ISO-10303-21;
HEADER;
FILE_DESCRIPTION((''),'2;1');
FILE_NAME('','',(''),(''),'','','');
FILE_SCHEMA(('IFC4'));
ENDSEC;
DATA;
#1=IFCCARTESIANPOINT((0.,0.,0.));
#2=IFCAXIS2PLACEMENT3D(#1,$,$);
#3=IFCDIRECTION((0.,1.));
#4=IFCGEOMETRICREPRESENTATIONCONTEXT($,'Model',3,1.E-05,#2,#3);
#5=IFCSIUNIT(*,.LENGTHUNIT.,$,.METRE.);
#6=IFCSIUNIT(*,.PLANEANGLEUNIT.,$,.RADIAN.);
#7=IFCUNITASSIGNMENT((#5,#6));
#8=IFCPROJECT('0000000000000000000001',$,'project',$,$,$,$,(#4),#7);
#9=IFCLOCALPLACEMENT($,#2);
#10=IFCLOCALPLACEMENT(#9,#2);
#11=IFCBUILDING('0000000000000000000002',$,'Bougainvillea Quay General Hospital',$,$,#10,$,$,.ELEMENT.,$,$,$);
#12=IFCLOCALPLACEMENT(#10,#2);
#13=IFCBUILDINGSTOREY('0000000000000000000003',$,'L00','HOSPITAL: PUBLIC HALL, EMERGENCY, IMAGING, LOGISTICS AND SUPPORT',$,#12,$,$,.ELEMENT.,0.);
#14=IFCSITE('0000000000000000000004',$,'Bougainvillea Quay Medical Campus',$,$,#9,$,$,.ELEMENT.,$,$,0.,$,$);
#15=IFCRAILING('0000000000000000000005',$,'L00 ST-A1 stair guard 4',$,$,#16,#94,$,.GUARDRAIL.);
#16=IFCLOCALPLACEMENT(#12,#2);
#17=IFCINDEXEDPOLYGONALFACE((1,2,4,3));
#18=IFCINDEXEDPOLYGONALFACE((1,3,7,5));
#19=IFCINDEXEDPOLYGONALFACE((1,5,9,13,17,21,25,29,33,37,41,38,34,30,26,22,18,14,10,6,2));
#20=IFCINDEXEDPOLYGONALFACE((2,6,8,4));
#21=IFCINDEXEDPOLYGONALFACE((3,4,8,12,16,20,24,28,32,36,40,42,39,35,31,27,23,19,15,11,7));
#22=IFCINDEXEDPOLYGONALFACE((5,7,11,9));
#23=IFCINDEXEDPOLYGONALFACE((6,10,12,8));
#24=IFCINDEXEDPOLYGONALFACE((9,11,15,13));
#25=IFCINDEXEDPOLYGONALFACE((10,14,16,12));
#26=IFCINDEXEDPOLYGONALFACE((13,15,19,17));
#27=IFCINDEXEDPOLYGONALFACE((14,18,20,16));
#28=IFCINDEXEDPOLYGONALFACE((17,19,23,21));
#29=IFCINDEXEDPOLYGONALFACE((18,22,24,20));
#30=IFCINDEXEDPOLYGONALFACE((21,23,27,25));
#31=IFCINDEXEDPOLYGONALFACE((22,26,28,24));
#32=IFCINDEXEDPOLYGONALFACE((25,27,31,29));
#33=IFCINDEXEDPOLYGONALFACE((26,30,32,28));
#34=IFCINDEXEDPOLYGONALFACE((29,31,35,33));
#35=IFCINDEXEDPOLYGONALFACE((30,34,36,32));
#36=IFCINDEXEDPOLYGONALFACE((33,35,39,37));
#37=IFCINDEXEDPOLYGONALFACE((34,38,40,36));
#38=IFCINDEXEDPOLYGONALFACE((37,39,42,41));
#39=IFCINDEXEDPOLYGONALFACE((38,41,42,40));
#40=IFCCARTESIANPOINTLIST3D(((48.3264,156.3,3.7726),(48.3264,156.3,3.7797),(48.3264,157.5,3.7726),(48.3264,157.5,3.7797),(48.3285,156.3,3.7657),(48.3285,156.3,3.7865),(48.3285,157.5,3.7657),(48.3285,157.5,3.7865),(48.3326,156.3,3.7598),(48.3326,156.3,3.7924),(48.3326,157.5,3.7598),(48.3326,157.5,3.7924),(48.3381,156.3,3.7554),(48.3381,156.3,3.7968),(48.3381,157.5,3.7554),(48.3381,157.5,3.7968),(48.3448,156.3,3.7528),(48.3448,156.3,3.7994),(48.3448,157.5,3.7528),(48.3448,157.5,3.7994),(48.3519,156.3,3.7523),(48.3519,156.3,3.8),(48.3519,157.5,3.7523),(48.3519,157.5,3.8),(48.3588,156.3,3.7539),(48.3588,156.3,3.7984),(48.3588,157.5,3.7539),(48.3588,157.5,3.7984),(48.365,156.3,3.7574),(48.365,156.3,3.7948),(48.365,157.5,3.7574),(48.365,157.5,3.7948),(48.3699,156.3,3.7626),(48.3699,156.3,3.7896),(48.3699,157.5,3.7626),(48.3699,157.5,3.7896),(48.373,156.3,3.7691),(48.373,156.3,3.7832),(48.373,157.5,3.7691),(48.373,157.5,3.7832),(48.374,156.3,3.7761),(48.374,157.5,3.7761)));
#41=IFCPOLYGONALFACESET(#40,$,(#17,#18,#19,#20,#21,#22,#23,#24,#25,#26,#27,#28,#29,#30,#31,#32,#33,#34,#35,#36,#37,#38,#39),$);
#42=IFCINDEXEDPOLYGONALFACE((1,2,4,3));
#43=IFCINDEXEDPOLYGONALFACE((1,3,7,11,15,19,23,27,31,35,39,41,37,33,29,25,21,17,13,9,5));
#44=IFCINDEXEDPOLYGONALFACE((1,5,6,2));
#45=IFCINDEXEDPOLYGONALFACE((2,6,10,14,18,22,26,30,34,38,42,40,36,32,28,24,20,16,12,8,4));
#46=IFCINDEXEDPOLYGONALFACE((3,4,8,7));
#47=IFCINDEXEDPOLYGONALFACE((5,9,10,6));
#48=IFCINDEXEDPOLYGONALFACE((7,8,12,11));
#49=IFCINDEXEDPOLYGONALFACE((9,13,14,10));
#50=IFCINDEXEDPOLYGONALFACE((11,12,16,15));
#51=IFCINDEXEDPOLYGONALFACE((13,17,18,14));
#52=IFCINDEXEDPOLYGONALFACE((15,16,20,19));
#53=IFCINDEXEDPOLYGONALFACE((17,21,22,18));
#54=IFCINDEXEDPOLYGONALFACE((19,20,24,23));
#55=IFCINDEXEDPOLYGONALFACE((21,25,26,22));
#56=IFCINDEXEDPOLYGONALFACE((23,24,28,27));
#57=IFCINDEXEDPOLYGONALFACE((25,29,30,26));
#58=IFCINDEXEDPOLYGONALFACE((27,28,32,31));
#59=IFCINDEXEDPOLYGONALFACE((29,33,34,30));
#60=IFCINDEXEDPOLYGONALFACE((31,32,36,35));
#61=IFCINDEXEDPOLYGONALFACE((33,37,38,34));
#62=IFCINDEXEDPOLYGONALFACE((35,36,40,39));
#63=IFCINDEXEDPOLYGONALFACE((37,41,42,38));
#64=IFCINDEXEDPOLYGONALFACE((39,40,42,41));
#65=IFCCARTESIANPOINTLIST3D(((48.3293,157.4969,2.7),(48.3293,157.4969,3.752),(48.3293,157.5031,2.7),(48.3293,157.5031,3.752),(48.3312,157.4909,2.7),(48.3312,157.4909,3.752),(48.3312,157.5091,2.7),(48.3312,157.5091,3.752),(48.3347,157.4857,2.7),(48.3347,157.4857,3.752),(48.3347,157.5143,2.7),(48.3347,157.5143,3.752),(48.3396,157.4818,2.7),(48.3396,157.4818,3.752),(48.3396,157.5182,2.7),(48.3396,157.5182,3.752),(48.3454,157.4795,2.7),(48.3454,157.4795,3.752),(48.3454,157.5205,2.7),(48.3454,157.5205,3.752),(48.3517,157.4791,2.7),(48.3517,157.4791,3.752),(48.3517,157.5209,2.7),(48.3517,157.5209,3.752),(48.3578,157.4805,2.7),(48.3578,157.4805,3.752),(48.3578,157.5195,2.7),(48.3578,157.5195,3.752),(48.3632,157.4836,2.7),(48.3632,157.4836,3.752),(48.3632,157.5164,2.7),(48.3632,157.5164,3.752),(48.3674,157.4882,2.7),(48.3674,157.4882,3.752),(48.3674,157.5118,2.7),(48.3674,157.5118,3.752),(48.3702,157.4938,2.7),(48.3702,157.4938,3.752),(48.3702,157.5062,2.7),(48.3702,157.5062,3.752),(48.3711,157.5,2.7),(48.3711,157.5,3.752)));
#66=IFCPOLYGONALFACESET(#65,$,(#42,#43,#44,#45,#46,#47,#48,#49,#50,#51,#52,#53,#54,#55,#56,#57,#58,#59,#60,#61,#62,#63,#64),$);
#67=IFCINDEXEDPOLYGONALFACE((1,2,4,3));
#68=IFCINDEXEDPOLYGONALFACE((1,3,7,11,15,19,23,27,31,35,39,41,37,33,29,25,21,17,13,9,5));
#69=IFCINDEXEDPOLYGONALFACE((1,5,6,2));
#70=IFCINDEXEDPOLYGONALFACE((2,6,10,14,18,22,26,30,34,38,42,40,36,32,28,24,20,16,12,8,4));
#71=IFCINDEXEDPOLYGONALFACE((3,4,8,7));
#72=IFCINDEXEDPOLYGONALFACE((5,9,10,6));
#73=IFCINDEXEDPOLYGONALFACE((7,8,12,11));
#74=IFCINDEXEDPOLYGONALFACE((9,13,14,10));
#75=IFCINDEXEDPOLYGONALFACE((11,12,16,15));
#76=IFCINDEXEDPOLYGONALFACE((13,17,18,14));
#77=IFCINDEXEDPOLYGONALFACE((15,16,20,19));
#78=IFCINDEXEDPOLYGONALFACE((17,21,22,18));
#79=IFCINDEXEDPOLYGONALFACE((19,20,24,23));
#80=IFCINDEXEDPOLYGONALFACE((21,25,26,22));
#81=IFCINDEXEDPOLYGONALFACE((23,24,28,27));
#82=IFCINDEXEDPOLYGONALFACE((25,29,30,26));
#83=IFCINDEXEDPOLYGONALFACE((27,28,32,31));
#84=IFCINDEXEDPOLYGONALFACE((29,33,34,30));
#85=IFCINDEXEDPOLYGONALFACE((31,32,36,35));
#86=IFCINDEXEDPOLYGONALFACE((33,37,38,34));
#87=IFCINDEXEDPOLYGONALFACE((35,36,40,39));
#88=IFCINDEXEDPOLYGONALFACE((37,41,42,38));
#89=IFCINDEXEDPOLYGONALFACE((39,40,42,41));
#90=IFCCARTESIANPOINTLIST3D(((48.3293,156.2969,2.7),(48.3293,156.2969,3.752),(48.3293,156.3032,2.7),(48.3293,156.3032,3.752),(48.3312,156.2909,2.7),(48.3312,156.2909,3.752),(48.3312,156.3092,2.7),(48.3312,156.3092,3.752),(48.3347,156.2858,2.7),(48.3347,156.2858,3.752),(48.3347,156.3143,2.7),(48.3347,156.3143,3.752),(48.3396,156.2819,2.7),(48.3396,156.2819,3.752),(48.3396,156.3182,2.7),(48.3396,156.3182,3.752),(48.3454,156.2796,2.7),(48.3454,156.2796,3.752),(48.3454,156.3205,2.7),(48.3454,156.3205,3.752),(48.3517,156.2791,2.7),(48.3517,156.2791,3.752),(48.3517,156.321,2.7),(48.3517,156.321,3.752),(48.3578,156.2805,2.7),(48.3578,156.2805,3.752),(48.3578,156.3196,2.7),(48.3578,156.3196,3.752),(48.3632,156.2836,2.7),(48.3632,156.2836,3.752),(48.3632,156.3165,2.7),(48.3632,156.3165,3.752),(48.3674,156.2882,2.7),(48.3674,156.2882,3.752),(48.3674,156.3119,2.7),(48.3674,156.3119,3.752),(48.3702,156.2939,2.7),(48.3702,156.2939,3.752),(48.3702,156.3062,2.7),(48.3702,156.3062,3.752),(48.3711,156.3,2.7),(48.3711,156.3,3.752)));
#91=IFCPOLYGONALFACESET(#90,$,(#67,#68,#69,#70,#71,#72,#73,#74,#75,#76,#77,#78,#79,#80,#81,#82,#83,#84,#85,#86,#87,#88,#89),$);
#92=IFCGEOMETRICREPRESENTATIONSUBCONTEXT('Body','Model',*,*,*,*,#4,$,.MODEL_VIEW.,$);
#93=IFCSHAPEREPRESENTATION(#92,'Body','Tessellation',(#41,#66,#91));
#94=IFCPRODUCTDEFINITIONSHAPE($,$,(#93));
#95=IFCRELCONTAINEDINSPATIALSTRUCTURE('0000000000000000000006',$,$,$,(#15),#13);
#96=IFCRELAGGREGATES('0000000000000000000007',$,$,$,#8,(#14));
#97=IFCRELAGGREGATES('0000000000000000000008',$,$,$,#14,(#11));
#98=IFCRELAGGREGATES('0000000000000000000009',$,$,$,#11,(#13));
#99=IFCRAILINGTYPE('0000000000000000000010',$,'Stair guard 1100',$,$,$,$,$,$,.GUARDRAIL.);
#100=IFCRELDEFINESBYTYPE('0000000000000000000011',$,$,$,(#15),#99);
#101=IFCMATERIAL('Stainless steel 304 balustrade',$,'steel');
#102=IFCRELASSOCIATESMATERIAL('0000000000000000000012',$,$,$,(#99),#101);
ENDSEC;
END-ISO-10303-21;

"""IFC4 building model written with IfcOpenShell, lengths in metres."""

from ifc_helpers import new_model, si_unit, direction, frame, origin, origin_2d, place, context, subcontext, project, spatial, circle, extrude, material, type_object, element, save


model = new_model("IFC4")

# Units and contexts
model_context = context("Model", 3, precision=1e-05, world=origin(), true_north=direction((0.0, 1.0)))
body_context = subcontext(model_context, "Body", "Model", "MODEL_VIEW")
ifc_project = project(units=[si_unit("LENGTHUNIT", "METRE"), si_unit("PLANEANGLEUNIT", "RADIAN")], contexts=[model_context])

# Site, building, storey
site_placement = place(None, origin())
site = spatial("IfcSite", under=ifc_project, at=site_placement, Name="Bougainvillea Quay Medical Campus", CompositionType="ELEMENT", RefElevation=0.0)
building_placement = place(site_placement, origin())
building = spatial("IfcBuilding", under=site, at=building_placement, Name="Bougainvillea Quay General Hospital", CompositionType="ELEMENT")
storey_placement = place(building_placement, origin())
storey = spatial("IfcBuildingStorey", under=building, at=storey_placement, Name="L00", Description="HOSPITAL: PUBLIC HALL, EMERGENCY, IMAGING, LOGISTICS AND SUPPORT", CompositionType="ELEMENT", Elevation=0.0)

# Railing
ifc_material_1 = material(Name="Stainless steel 304 balustrade", Category="steel")
railing_type_1 = type_object("IfcRailingType", Name="Stair guard 1100", PredefinedType="GUARDRAIL", material=ifc_material_1)
railing_1_placement = place(storey_placement, frame((48.3501, 157.5, 2.7)))
element("IfcRailing", 1, at=railing_1_placement, inside=storey, type_object=railing_type_1, Name="L00 ST-A1 stair guard 4", PredefinedType="GUARDRAIL", context=body_context, shape_type="SweptSolid", body=[
    extrude(circle(Radius=0.0239, at=origin_2d()), frame((0.0, 0.0, 1.0762), z_axis=(0.0, -1.0, 0.0), x_axis=(1.0, 0.0, 0.0)), (0.0, 0.0, 1.0), 1.2),
    extrude(circle(Radius=0.021, at=origin_2d()), origin(), (0.0, 0.0, 1.0), 1.052),
    extrude(circle(Radius=0.021, at=origin_2d()), frame((0.0, -1.2, 0.0)), (0.0, 0.0, 1.0), 1.052),
])

save(model, "model.ifc")
